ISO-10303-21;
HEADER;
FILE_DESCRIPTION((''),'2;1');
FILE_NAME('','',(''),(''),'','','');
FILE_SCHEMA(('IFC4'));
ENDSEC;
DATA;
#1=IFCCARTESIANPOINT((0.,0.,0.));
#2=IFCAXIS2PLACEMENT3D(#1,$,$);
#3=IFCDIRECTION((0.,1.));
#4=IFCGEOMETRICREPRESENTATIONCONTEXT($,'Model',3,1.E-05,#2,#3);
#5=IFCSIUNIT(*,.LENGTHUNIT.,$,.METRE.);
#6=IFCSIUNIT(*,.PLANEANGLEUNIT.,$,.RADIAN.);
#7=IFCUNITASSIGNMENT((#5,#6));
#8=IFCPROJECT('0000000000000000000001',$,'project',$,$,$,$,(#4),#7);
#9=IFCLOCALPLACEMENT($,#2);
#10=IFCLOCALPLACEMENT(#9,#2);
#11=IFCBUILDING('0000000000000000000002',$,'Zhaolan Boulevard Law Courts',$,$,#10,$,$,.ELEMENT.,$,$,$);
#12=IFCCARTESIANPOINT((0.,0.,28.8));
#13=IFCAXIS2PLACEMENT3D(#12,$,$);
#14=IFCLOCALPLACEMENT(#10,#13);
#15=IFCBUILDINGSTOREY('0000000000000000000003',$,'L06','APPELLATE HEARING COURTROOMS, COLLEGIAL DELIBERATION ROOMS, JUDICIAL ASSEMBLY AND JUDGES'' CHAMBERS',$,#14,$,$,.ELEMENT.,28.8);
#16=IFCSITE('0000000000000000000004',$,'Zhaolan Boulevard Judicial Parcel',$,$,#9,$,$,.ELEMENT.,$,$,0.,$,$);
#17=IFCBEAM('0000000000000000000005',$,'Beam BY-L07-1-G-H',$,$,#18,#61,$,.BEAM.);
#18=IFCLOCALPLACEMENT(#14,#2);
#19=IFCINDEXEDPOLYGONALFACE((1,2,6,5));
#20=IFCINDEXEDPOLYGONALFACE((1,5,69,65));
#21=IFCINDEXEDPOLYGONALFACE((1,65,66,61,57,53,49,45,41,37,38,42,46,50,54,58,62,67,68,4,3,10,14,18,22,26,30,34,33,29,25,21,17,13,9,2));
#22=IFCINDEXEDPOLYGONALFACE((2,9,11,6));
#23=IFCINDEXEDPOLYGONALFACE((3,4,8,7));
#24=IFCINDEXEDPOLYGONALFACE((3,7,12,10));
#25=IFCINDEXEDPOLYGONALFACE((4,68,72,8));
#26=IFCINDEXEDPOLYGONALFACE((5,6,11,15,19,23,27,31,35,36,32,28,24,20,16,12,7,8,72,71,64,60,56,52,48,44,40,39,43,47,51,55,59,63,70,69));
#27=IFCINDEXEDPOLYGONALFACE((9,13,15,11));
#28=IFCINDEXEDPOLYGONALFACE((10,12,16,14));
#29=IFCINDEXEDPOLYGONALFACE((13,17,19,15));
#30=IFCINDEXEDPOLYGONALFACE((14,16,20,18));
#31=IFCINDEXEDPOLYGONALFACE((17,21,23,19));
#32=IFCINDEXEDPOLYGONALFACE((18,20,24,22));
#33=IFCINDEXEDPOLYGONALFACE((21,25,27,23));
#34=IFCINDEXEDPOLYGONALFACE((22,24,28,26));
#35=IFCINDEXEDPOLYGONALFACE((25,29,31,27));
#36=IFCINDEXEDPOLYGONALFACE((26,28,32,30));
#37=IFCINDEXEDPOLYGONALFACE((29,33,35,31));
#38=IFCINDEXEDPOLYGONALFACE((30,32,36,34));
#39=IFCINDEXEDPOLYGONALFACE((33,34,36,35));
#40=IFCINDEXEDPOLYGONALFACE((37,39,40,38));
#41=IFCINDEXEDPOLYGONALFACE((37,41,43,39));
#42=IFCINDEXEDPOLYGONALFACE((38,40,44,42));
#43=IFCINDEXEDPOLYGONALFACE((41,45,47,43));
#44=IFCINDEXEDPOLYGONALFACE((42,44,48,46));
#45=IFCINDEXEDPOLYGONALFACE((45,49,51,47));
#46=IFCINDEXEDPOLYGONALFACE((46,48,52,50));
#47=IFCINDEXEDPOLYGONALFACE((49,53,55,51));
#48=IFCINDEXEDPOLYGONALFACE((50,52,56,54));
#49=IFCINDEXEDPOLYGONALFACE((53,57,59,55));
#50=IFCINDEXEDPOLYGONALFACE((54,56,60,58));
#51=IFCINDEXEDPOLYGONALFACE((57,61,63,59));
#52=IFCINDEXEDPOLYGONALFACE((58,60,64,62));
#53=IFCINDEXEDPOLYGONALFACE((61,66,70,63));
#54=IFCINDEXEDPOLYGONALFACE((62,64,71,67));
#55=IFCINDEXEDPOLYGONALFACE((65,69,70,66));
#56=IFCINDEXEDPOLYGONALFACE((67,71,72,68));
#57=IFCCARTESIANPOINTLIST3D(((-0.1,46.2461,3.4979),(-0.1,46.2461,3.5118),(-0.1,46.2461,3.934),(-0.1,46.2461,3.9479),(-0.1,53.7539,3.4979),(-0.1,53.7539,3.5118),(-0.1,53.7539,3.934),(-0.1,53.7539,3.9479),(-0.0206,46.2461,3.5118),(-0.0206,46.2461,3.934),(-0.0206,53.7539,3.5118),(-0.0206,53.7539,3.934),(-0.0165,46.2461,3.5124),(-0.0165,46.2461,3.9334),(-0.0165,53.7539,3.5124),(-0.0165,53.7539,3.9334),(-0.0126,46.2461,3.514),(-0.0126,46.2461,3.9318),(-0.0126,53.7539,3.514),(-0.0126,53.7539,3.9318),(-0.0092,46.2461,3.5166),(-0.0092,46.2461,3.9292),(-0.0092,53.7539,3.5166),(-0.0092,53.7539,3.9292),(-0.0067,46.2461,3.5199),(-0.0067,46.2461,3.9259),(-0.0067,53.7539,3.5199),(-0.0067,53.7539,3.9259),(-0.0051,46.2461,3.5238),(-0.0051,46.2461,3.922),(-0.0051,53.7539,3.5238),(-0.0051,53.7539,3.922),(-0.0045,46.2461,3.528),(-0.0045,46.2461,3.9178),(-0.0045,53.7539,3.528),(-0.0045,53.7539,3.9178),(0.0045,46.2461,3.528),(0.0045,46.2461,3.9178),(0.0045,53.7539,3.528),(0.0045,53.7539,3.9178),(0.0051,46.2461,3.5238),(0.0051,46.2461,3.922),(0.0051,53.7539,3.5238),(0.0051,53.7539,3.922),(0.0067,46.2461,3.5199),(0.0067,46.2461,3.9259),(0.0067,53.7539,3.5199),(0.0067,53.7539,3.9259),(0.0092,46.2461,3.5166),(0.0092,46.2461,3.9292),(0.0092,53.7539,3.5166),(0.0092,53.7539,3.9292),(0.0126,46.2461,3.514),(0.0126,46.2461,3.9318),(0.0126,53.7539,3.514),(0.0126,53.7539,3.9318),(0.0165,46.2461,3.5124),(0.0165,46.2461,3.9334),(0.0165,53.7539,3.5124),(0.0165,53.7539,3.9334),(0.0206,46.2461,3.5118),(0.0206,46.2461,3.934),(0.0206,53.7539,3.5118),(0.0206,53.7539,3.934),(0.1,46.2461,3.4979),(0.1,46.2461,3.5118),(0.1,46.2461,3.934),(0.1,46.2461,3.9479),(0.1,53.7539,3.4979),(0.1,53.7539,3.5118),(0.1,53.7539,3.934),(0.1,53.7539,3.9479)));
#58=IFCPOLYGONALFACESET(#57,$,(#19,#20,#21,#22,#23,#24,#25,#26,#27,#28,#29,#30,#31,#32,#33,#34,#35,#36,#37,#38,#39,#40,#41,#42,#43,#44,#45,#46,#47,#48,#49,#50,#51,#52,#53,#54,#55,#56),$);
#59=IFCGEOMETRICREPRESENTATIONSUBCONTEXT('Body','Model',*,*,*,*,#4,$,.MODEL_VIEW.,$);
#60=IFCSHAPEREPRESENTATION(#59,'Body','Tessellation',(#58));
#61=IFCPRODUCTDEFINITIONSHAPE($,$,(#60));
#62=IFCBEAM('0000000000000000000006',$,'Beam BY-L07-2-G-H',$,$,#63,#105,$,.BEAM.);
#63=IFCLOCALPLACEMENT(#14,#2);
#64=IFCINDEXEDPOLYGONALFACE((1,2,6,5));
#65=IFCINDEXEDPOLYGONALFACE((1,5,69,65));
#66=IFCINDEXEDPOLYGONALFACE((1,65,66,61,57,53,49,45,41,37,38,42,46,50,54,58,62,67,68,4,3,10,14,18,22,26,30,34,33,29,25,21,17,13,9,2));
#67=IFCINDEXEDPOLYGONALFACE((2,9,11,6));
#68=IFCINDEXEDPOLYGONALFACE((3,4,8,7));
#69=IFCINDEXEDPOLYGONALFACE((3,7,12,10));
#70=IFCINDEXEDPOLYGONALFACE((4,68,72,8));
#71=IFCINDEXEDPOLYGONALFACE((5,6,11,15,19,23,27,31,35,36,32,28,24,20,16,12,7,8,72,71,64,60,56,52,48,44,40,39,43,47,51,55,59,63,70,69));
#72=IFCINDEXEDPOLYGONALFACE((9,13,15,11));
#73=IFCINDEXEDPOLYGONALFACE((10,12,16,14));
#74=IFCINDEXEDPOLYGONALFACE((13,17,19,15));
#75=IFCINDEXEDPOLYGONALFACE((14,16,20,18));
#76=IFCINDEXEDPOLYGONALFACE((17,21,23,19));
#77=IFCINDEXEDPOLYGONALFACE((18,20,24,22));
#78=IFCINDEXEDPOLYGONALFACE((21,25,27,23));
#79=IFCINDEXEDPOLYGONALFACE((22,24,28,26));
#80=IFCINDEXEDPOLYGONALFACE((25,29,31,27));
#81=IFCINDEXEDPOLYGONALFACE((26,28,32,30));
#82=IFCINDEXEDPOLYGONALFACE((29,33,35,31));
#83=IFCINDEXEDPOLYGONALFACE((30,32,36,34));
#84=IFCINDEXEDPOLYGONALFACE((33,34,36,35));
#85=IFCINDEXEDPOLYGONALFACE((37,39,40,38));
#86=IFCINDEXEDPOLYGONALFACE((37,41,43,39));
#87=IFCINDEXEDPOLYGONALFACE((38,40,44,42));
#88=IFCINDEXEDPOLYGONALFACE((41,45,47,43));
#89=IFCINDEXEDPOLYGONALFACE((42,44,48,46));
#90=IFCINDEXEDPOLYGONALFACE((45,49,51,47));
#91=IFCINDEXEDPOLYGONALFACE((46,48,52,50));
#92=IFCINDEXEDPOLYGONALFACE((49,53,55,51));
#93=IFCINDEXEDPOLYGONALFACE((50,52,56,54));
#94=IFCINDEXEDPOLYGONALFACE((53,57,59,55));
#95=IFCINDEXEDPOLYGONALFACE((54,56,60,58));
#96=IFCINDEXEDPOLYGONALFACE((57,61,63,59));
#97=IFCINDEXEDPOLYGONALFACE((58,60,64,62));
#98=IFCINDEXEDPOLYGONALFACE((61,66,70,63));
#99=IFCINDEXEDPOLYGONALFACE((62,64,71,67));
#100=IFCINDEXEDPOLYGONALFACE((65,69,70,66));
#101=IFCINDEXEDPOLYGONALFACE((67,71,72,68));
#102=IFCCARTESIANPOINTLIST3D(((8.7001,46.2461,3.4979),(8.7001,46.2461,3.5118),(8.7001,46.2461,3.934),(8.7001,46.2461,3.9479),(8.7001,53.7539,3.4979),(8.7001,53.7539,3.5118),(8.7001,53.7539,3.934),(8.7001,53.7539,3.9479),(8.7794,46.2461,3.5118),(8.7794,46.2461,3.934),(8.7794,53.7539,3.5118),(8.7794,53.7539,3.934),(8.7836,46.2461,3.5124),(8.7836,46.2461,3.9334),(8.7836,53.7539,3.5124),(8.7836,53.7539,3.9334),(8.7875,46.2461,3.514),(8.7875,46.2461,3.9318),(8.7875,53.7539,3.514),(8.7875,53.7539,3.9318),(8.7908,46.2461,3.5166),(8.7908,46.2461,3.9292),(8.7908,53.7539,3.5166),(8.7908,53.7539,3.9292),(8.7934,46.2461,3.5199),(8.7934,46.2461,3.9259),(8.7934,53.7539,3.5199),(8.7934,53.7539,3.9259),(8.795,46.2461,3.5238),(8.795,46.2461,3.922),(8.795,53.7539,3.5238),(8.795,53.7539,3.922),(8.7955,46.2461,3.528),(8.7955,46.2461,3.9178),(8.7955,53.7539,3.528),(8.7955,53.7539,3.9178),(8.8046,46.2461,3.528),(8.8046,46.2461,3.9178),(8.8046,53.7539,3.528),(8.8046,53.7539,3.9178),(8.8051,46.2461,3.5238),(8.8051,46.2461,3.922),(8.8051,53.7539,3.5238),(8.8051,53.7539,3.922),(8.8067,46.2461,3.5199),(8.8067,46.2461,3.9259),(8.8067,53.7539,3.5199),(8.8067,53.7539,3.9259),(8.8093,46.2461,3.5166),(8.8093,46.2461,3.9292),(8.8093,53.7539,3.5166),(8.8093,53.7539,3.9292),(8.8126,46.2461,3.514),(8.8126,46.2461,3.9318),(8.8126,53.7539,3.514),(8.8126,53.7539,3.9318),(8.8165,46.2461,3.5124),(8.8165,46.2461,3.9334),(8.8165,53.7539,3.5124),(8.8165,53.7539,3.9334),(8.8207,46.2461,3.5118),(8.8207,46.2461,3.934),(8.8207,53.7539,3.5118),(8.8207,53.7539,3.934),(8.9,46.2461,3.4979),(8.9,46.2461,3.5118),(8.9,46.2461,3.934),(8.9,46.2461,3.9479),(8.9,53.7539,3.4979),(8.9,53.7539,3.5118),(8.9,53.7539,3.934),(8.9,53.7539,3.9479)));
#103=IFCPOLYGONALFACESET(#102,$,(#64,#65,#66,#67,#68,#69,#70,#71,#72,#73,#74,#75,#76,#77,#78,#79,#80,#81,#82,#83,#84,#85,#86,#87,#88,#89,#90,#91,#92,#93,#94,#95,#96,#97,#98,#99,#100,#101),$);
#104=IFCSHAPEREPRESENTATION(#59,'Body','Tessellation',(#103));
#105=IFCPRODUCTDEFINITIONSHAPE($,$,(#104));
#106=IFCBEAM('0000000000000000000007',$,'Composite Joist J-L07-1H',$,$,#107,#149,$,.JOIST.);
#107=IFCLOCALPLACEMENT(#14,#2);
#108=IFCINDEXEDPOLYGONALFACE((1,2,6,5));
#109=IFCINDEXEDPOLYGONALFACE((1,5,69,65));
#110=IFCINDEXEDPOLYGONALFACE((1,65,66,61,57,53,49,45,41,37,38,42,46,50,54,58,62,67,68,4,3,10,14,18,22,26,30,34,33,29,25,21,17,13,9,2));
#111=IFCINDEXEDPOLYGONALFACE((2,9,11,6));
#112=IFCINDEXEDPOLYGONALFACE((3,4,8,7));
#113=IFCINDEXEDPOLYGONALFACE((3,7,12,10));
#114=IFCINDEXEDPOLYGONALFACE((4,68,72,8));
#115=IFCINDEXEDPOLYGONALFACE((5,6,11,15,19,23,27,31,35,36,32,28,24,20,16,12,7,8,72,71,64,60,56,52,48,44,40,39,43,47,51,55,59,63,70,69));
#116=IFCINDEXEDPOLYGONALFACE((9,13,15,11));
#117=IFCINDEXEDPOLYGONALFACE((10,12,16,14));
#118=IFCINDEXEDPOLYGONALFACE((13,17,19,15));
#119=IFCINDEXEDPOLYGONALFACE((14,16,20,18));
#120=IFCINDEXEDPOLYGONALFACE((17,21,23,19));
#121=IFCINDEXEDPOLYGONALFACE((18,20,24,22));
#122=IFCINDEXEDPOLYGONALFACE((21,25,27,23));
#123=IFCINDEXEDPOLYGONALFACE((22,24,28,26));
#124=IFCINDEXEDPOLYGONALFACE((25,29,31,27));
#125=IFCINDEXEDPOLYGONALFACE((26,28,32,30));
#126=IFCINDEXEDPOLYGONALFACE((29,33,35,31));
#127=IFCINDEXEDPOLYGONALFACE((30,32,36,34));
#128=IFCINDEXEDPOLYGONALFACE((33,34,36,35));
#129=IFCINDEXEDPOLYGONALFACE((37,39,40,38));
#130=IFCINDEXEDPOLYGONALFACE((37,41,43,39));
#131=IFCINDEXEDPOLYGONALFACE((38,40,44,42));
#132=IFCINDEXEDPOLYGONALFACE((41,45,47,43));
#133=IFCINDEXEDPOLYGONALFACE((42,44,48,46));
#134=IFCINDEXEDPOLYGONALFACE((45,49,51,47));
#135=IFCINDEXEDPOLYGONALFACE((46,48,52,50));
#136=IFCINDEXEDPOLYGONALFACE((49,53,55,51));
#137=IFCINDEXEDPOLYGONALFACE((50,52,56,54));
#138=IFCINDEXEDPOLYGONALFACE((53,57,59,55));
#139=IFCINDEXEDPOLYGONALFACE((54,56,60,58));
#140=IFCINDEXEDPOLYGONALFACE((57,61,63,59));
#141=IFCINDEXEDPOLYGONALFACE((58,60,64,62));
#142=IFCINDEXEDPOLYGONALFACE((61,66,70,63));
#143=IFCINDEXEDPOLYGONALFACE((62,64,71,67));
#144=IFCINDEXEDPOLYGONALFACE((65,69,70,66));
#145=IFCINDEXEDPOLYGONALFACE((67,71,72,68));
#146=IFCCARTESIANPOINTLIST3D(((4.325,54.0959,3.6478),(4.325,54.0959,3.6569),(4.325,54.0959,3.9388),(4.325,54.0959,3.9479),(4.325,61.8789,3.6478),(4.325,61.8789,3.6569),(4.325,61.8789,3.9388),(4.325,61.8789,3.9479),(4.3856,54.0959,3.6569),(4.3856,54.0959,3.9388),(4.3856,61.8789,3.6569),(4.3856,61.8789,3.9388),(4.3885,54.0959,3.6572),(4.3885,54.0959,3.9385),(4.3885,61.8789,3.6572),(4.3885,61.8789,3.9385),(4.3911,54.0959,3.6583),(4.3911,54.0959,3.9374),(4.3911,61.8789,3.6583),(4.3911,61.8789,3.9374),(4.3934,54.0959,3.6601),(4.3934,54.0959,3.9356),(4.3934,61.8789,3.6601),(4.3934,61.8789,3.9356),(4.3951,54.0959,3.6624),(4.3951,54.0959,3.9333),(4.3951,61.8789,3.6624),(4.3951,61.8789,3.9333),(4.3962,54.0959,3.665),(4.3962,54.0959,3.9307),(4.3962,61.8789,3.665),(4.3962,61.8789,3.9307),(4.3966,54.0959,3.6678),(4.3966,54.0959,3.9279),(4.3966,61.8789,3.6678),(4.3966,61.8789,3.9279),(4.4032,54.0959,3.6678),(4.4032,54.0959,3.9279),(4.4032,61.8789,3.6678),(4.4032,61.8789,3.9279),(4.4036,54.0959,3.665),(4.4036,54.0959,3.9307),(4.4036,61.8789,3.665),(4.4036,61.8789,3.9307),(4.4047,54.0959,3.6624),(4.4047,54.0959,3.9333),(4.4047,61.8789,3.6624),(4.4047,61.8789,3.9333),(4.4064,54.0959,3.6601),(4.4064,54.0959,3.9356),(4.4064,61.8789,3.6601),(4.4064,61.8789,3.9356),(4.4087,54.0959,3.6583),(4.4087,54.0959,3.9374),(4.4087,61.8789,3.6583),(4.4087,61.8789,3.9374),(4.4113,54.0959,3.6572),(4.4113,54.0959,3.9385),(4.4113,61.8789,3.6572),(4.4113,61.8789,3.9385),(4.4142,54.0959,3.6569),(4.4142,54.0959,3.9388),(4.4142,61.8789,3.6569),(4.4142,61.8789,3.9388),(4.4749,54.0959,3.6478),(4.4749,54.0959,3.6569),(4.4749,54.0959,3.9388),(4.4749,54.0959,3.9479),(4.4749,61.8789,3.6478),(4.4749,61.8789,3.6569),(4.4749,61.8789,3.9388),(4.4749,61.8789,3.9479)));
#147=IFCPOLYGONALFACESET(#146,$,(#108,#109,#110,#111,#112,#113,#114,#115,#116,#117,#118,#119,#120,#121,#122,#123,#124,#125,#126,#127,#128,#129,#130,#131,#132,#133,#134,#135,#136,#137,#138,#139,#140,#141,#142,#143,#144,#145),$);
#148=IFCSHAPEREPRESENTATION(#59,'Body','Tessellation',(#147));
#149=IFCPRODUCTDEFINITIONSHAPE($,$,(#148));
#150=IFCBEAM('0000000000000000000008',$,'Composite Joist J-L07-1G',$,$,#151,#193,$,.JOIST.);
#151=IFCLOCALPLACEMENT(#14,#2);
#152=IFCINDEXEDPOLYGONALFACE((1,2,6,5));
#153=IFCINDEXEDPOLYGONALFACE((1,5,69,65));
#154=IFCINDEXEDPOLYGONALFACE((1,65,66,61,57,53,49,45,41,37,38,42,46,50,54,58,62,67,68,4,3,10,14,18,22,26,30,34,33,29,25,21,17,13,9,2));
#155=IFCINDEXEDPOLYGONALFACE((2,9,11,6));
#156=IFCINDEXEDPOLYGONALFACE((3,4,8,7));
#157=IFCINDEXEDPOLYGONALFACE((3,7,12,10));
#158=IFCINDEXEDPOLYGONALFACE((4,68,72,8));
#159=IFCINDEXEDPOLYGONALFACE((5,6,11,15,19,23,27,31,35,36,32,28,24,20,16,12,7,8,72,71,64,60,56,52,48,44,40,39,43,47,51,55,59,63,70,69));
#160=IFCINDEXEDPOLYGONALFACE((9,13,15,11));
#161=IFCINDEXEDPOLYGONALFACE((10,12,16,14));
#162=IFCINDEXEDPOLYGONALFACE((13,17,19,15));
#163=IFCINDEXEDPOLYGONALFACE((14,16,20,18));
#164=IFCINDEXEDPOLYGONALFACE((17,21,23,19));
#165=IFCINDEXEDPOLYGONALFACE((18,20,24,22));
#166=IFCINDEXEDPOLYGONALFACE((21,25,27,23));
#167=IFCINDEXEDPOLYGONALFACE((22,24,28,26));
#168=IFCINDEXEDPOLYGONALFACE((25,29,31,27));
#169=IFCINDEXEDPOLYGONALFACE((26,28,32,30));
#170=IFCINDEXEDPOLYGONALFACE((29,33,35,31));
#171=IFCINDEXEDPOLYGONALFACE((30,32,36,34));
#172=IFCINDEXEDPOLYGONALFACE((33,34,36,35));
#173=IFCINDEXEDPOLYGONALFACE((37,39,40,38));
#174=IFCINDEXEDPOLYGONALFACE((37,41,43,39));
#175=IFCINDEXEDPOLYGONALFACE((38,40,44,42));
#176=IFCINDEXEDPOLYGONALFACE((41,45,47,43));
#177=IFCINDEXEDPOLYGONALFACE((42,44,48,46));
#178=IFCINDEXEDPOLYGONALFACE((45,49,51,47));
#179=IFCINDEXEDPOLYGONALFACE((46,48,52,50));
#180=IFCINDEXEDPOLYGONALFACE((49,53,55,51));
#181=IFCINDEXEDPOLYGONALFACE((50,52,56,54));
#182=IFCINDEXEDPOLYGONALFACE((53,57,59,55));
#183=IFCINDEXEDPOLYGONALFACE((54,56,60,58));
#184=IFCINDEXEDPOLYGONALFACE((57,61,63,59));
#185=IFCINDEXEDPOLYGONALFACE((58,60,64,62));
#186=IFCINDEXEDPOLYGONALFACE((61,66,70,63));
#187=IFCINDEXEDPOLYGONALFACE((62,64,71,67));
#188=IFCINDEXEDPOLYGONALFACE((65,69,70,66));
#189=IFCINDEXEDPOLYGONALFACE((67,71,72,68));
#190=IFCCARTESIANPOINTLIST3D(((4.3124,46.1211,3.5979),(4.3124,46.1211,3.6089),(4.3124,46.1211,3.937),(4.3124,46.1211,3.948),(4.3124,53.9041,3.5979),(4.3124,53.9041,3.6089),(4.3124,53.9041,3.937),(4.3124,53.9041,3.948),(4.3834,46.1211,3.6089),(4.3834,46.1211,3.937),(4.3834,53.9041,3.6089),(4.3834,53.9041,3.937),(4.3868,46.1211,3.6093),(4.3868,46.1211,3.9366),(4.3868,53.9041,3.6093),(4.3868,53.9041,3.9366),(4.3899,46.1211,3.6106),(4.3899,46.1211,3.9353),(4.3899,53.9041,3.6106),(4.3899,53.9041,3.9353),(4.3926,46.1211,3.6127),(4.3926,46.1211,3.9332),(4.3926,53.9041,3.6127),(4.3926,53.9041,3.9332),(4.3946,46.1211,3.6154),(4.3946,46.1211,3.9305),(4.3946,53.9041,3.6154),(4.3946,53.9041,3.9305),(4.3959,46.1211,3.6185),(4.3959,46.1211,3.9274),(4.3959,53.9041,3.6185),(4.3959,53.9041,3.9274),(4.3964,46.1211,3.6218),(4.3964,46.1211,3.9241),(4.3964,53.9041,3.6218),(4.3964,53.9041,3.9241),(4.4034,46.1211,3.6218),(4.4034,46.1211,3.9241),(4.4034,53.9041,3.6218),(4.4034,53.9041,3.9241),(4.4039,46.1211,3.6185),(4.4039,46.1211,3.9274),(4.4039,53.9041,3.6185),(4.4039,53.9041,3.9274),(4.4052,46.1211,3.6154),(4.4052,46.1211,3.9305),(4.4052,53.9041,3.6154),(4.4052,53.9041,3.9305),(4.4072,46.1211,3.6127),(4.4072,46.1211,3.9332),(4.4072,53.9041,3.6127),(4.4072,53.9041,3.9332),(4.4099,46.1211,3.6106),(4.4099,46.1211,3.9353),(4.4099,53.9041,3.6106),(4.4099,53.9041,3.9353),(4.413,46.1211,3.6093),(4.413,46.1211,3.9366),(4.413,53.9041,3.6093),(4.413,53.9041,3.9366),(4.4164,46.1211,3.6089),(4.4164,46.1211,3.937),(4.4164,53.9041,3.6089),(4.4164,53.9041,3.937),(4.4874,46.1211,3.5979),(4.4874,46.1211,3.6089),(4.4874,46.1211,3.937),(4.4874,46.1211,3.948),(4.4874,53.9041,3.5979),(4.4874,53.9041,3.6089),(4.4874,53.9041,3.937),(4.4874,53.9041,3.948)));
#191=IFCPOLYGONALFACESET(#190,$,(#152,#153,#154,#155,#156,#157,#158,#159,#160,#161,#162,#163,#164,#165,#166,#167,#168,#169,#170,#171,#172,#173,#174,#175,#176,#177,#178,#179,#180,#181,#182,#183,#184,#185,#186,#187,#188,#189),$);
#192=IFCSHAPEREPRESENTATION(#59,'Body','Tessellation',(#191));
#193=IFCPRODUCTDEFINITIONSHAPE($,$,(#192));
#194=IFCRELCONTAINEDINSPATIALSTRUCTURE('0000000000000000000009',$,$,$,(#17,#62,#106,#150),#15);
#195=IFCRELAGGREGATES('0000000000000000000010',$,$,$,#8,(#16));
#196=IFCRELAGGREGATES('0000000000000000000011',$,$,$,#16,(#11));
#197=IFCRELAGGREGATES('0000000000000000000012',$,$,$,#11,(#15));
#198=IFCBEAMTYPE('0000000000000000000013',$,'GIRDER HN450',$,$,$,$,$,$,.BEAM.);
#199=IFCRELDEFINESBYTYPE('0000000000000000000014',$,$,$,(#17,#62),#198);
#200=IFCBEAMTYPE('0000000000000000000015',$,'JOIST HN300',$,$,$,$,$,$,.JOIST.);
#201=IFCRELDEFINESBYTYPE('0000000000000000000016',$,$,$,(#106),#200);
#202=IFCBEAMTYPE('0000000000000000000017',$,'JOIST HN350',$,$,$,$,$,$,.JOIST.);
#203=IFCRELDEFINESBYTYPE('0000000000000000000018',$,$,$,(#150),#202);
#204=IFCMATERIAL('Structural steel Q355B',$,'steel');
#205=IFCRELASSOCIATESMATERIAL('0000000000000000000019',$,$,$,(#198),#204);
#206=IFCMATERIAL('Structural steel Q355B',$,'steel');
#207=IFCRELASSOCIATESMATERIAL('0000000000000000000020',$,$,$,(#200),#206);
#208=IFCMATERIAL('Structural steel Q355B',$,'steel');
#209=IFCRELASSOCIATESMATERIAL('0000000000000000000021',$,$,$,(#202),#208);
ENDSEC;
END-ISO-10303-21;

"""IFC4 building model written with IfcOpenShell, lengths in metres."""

from ifc_helpers import new_model, si_unit, direction, frame, origin, origin_2d, place, context, subcontext, project, spatial, i_section, extrude, material, material_profile, profile_set, type_object, element, save


model = new_model("IFC4")

# Units and contexts
model_context = context("Model", 3, precision=1e-05, world=origin(), true_north=direction((0.0, 1.0)))
body_context = subcontext(model_context, "Body", "Model", "MODEL_VIEW")
ifc_project = project(units=[si_unit("LENGTHUNIT", "METRE"), si_unit("PLANEANGLEUNIT", "RADIAN")], contexts=[model_context])

# Site, building, storey
site_placement = place(None, origin())
site = spatial("IfcSite", under=ifc_project, at=site_placement, Name="Zhaolan Boulevard Judicial Parcel", CompositionType="ELEMENT", RefElevation=0.0)
building_placement = place(site_placement, origin())
building = spatial("IfcBuilding", under=site, at=building_placement, Name="Zhaolan Boulevard Law Courts", CompositionType="ELEMENT")
storey_placement = place(building_placement, frame((0.0, 0.0, 28.8)))
storey = spatial("IfcBuildingStorey", under=building, at=storey_placement, Name="L06", Description="APPELLATE HEARING COURTROOMS, COLLEGIAL DELIBERATION ROOMS, JUDICIAL ASSEMBLY AND JUDGES' CHAMBERS", CompositionType="ELEMENT", Elevation=28.8)

# Beams
ifc_material_1 = material(Name="Structural steel Q355B", Category="steel")
ifc_material_profile_1 = material_profile(ifc_material_1, i_section(OverallWidth=0.2, OverallDepth=0.45, WebThickness=0.009, FlangeThickness=0.0139, FilletRadius=0.0161, at=origin_2d()), Name="HN450x200")
ifc_profile_set_1 = profile_set([ifc_material_profile_1], Name="Structural steel Q355B")
beam_type_1 = type_object("IfcBeamType", Name="GIRDER HN450", PredefinedType="BEAM", material=ifc_profile_set_1)
for number, where, z_axis, x_axis, name in (
    (1, (0.0, 46.2461, 3.7229), (0.0, 1.0, 0.0), (-1.0, 0.0, 0.0), "Beam BY-L07-1-G-H"),
    (2, (8.8, 46.2461, 3.7229), (0.0, 1.0, 0.0), (-1.0, 0.0, 0.0), "Beam BY-L07-2-G-H"),
):
    element("IfcBeam", number, at=place(storey_placement, frame(where, z_axis=z_axis, x_axis=x_axis)), inside=storey, type_object=beam_type_1, Name=name, PredefinedType="BEAM", context=body_context, shape_type="SweptSolid", body=[
        extrude(i_section(OverallWidth=0.2, OverallDepth=0.45, WebThickness=0.009, FlangeThickness=0.0139, FilletRadius=0.0161, at=origin_2d()), origin(), (0.0, 0.0, 1.0), 7.5078),
    ])
ifc_material_2 = material(Name="Structural steel Q355B", Category="steel")
ifc_material_profile_2 = material_profile(ifc_material_2, i_section(OverallWidth=0.1499, OverallDepth=0.3, WebThickness=0.0066, FlangeThickness=0.009, FilletRadius=0.011, at=origin_2d()), Name="HN300x150")
ifc_profile_set_2 = profile_set([ifc_material_profile_2], Name="Structural steel Q355B")
beam_type_2 = type_object("IfcBeamType", Name="JOIST HN300", PredefinedType="JOIST", material=ifc_profile_set_2)
beam_1_placement = place(storey_placement, frame((4.3999, 54.0959, 3.7979), z_axis=(0.0, 1.0, 0.0), x_axis=(-1.0, 0.0, 0.0)))
element("IfcBeam", 3, at=beam_1_placement, inside=storey, type_object=beam_type_2, Name="Composite Joist J-L07-1H", PredefinedType="JOIST", context=body_context, shape_type="SweptSolid", body=[
    extrude(i_section(OverallWidth=0.1499, OverallDepth=0.3, WebThickness=0.0066, FlangeThickness=0.009, FilletRadius=0.011, at=origin_2d()), origin(), (0.0, 0.0, 1.0), 7.783),
])
ifc_material_3 = material(Name="Structural steel Q355B", Category="steel")
ifc_material_profile_3 = material_profile(ifc_material_3, i_section(OverallWidth=0.175, OverallDepth=0.3501, WebThickness=0.0071, FlangeThickness=0.011, FilletRadius=0.0129, at=origin_2d()), Name="HN350x175")
ifc_profile_set_3 = profile_set([ifc_material_profile_3], Name="Structural steel Q355B")
beam_type_3 = type_object("IfcBeamType", Name="JOIST HN350", PredefinedType="JOIST", material=ifc_profile_set_3)
beam_2_placement = place(storey_placement, frame((4.3999, 46.1211, 3.7729), z_axis=(0.0, 1.0, 0.0), x_axis=(-1.0, 0.0, 0.0)))
element("IfcBeam", 4, at=beam_2_placement, inside=storey, type_object=beam_type_3, Name="Composite Joist J-L07-1G", PredefinedType="JOIST", context=body_context, shape_type="SweptSolid", body=[
    extrude(i_section(OverallWidth=0.175, OverallDepth=0.3501, WebThickness=0.0071, FlangeThickness=0.011, FilletRadius=0.0129, at=origin_2d()), origin(), (0.0, 0.0, 1.0), 7.783),
])

save(model, "model.ifc")
